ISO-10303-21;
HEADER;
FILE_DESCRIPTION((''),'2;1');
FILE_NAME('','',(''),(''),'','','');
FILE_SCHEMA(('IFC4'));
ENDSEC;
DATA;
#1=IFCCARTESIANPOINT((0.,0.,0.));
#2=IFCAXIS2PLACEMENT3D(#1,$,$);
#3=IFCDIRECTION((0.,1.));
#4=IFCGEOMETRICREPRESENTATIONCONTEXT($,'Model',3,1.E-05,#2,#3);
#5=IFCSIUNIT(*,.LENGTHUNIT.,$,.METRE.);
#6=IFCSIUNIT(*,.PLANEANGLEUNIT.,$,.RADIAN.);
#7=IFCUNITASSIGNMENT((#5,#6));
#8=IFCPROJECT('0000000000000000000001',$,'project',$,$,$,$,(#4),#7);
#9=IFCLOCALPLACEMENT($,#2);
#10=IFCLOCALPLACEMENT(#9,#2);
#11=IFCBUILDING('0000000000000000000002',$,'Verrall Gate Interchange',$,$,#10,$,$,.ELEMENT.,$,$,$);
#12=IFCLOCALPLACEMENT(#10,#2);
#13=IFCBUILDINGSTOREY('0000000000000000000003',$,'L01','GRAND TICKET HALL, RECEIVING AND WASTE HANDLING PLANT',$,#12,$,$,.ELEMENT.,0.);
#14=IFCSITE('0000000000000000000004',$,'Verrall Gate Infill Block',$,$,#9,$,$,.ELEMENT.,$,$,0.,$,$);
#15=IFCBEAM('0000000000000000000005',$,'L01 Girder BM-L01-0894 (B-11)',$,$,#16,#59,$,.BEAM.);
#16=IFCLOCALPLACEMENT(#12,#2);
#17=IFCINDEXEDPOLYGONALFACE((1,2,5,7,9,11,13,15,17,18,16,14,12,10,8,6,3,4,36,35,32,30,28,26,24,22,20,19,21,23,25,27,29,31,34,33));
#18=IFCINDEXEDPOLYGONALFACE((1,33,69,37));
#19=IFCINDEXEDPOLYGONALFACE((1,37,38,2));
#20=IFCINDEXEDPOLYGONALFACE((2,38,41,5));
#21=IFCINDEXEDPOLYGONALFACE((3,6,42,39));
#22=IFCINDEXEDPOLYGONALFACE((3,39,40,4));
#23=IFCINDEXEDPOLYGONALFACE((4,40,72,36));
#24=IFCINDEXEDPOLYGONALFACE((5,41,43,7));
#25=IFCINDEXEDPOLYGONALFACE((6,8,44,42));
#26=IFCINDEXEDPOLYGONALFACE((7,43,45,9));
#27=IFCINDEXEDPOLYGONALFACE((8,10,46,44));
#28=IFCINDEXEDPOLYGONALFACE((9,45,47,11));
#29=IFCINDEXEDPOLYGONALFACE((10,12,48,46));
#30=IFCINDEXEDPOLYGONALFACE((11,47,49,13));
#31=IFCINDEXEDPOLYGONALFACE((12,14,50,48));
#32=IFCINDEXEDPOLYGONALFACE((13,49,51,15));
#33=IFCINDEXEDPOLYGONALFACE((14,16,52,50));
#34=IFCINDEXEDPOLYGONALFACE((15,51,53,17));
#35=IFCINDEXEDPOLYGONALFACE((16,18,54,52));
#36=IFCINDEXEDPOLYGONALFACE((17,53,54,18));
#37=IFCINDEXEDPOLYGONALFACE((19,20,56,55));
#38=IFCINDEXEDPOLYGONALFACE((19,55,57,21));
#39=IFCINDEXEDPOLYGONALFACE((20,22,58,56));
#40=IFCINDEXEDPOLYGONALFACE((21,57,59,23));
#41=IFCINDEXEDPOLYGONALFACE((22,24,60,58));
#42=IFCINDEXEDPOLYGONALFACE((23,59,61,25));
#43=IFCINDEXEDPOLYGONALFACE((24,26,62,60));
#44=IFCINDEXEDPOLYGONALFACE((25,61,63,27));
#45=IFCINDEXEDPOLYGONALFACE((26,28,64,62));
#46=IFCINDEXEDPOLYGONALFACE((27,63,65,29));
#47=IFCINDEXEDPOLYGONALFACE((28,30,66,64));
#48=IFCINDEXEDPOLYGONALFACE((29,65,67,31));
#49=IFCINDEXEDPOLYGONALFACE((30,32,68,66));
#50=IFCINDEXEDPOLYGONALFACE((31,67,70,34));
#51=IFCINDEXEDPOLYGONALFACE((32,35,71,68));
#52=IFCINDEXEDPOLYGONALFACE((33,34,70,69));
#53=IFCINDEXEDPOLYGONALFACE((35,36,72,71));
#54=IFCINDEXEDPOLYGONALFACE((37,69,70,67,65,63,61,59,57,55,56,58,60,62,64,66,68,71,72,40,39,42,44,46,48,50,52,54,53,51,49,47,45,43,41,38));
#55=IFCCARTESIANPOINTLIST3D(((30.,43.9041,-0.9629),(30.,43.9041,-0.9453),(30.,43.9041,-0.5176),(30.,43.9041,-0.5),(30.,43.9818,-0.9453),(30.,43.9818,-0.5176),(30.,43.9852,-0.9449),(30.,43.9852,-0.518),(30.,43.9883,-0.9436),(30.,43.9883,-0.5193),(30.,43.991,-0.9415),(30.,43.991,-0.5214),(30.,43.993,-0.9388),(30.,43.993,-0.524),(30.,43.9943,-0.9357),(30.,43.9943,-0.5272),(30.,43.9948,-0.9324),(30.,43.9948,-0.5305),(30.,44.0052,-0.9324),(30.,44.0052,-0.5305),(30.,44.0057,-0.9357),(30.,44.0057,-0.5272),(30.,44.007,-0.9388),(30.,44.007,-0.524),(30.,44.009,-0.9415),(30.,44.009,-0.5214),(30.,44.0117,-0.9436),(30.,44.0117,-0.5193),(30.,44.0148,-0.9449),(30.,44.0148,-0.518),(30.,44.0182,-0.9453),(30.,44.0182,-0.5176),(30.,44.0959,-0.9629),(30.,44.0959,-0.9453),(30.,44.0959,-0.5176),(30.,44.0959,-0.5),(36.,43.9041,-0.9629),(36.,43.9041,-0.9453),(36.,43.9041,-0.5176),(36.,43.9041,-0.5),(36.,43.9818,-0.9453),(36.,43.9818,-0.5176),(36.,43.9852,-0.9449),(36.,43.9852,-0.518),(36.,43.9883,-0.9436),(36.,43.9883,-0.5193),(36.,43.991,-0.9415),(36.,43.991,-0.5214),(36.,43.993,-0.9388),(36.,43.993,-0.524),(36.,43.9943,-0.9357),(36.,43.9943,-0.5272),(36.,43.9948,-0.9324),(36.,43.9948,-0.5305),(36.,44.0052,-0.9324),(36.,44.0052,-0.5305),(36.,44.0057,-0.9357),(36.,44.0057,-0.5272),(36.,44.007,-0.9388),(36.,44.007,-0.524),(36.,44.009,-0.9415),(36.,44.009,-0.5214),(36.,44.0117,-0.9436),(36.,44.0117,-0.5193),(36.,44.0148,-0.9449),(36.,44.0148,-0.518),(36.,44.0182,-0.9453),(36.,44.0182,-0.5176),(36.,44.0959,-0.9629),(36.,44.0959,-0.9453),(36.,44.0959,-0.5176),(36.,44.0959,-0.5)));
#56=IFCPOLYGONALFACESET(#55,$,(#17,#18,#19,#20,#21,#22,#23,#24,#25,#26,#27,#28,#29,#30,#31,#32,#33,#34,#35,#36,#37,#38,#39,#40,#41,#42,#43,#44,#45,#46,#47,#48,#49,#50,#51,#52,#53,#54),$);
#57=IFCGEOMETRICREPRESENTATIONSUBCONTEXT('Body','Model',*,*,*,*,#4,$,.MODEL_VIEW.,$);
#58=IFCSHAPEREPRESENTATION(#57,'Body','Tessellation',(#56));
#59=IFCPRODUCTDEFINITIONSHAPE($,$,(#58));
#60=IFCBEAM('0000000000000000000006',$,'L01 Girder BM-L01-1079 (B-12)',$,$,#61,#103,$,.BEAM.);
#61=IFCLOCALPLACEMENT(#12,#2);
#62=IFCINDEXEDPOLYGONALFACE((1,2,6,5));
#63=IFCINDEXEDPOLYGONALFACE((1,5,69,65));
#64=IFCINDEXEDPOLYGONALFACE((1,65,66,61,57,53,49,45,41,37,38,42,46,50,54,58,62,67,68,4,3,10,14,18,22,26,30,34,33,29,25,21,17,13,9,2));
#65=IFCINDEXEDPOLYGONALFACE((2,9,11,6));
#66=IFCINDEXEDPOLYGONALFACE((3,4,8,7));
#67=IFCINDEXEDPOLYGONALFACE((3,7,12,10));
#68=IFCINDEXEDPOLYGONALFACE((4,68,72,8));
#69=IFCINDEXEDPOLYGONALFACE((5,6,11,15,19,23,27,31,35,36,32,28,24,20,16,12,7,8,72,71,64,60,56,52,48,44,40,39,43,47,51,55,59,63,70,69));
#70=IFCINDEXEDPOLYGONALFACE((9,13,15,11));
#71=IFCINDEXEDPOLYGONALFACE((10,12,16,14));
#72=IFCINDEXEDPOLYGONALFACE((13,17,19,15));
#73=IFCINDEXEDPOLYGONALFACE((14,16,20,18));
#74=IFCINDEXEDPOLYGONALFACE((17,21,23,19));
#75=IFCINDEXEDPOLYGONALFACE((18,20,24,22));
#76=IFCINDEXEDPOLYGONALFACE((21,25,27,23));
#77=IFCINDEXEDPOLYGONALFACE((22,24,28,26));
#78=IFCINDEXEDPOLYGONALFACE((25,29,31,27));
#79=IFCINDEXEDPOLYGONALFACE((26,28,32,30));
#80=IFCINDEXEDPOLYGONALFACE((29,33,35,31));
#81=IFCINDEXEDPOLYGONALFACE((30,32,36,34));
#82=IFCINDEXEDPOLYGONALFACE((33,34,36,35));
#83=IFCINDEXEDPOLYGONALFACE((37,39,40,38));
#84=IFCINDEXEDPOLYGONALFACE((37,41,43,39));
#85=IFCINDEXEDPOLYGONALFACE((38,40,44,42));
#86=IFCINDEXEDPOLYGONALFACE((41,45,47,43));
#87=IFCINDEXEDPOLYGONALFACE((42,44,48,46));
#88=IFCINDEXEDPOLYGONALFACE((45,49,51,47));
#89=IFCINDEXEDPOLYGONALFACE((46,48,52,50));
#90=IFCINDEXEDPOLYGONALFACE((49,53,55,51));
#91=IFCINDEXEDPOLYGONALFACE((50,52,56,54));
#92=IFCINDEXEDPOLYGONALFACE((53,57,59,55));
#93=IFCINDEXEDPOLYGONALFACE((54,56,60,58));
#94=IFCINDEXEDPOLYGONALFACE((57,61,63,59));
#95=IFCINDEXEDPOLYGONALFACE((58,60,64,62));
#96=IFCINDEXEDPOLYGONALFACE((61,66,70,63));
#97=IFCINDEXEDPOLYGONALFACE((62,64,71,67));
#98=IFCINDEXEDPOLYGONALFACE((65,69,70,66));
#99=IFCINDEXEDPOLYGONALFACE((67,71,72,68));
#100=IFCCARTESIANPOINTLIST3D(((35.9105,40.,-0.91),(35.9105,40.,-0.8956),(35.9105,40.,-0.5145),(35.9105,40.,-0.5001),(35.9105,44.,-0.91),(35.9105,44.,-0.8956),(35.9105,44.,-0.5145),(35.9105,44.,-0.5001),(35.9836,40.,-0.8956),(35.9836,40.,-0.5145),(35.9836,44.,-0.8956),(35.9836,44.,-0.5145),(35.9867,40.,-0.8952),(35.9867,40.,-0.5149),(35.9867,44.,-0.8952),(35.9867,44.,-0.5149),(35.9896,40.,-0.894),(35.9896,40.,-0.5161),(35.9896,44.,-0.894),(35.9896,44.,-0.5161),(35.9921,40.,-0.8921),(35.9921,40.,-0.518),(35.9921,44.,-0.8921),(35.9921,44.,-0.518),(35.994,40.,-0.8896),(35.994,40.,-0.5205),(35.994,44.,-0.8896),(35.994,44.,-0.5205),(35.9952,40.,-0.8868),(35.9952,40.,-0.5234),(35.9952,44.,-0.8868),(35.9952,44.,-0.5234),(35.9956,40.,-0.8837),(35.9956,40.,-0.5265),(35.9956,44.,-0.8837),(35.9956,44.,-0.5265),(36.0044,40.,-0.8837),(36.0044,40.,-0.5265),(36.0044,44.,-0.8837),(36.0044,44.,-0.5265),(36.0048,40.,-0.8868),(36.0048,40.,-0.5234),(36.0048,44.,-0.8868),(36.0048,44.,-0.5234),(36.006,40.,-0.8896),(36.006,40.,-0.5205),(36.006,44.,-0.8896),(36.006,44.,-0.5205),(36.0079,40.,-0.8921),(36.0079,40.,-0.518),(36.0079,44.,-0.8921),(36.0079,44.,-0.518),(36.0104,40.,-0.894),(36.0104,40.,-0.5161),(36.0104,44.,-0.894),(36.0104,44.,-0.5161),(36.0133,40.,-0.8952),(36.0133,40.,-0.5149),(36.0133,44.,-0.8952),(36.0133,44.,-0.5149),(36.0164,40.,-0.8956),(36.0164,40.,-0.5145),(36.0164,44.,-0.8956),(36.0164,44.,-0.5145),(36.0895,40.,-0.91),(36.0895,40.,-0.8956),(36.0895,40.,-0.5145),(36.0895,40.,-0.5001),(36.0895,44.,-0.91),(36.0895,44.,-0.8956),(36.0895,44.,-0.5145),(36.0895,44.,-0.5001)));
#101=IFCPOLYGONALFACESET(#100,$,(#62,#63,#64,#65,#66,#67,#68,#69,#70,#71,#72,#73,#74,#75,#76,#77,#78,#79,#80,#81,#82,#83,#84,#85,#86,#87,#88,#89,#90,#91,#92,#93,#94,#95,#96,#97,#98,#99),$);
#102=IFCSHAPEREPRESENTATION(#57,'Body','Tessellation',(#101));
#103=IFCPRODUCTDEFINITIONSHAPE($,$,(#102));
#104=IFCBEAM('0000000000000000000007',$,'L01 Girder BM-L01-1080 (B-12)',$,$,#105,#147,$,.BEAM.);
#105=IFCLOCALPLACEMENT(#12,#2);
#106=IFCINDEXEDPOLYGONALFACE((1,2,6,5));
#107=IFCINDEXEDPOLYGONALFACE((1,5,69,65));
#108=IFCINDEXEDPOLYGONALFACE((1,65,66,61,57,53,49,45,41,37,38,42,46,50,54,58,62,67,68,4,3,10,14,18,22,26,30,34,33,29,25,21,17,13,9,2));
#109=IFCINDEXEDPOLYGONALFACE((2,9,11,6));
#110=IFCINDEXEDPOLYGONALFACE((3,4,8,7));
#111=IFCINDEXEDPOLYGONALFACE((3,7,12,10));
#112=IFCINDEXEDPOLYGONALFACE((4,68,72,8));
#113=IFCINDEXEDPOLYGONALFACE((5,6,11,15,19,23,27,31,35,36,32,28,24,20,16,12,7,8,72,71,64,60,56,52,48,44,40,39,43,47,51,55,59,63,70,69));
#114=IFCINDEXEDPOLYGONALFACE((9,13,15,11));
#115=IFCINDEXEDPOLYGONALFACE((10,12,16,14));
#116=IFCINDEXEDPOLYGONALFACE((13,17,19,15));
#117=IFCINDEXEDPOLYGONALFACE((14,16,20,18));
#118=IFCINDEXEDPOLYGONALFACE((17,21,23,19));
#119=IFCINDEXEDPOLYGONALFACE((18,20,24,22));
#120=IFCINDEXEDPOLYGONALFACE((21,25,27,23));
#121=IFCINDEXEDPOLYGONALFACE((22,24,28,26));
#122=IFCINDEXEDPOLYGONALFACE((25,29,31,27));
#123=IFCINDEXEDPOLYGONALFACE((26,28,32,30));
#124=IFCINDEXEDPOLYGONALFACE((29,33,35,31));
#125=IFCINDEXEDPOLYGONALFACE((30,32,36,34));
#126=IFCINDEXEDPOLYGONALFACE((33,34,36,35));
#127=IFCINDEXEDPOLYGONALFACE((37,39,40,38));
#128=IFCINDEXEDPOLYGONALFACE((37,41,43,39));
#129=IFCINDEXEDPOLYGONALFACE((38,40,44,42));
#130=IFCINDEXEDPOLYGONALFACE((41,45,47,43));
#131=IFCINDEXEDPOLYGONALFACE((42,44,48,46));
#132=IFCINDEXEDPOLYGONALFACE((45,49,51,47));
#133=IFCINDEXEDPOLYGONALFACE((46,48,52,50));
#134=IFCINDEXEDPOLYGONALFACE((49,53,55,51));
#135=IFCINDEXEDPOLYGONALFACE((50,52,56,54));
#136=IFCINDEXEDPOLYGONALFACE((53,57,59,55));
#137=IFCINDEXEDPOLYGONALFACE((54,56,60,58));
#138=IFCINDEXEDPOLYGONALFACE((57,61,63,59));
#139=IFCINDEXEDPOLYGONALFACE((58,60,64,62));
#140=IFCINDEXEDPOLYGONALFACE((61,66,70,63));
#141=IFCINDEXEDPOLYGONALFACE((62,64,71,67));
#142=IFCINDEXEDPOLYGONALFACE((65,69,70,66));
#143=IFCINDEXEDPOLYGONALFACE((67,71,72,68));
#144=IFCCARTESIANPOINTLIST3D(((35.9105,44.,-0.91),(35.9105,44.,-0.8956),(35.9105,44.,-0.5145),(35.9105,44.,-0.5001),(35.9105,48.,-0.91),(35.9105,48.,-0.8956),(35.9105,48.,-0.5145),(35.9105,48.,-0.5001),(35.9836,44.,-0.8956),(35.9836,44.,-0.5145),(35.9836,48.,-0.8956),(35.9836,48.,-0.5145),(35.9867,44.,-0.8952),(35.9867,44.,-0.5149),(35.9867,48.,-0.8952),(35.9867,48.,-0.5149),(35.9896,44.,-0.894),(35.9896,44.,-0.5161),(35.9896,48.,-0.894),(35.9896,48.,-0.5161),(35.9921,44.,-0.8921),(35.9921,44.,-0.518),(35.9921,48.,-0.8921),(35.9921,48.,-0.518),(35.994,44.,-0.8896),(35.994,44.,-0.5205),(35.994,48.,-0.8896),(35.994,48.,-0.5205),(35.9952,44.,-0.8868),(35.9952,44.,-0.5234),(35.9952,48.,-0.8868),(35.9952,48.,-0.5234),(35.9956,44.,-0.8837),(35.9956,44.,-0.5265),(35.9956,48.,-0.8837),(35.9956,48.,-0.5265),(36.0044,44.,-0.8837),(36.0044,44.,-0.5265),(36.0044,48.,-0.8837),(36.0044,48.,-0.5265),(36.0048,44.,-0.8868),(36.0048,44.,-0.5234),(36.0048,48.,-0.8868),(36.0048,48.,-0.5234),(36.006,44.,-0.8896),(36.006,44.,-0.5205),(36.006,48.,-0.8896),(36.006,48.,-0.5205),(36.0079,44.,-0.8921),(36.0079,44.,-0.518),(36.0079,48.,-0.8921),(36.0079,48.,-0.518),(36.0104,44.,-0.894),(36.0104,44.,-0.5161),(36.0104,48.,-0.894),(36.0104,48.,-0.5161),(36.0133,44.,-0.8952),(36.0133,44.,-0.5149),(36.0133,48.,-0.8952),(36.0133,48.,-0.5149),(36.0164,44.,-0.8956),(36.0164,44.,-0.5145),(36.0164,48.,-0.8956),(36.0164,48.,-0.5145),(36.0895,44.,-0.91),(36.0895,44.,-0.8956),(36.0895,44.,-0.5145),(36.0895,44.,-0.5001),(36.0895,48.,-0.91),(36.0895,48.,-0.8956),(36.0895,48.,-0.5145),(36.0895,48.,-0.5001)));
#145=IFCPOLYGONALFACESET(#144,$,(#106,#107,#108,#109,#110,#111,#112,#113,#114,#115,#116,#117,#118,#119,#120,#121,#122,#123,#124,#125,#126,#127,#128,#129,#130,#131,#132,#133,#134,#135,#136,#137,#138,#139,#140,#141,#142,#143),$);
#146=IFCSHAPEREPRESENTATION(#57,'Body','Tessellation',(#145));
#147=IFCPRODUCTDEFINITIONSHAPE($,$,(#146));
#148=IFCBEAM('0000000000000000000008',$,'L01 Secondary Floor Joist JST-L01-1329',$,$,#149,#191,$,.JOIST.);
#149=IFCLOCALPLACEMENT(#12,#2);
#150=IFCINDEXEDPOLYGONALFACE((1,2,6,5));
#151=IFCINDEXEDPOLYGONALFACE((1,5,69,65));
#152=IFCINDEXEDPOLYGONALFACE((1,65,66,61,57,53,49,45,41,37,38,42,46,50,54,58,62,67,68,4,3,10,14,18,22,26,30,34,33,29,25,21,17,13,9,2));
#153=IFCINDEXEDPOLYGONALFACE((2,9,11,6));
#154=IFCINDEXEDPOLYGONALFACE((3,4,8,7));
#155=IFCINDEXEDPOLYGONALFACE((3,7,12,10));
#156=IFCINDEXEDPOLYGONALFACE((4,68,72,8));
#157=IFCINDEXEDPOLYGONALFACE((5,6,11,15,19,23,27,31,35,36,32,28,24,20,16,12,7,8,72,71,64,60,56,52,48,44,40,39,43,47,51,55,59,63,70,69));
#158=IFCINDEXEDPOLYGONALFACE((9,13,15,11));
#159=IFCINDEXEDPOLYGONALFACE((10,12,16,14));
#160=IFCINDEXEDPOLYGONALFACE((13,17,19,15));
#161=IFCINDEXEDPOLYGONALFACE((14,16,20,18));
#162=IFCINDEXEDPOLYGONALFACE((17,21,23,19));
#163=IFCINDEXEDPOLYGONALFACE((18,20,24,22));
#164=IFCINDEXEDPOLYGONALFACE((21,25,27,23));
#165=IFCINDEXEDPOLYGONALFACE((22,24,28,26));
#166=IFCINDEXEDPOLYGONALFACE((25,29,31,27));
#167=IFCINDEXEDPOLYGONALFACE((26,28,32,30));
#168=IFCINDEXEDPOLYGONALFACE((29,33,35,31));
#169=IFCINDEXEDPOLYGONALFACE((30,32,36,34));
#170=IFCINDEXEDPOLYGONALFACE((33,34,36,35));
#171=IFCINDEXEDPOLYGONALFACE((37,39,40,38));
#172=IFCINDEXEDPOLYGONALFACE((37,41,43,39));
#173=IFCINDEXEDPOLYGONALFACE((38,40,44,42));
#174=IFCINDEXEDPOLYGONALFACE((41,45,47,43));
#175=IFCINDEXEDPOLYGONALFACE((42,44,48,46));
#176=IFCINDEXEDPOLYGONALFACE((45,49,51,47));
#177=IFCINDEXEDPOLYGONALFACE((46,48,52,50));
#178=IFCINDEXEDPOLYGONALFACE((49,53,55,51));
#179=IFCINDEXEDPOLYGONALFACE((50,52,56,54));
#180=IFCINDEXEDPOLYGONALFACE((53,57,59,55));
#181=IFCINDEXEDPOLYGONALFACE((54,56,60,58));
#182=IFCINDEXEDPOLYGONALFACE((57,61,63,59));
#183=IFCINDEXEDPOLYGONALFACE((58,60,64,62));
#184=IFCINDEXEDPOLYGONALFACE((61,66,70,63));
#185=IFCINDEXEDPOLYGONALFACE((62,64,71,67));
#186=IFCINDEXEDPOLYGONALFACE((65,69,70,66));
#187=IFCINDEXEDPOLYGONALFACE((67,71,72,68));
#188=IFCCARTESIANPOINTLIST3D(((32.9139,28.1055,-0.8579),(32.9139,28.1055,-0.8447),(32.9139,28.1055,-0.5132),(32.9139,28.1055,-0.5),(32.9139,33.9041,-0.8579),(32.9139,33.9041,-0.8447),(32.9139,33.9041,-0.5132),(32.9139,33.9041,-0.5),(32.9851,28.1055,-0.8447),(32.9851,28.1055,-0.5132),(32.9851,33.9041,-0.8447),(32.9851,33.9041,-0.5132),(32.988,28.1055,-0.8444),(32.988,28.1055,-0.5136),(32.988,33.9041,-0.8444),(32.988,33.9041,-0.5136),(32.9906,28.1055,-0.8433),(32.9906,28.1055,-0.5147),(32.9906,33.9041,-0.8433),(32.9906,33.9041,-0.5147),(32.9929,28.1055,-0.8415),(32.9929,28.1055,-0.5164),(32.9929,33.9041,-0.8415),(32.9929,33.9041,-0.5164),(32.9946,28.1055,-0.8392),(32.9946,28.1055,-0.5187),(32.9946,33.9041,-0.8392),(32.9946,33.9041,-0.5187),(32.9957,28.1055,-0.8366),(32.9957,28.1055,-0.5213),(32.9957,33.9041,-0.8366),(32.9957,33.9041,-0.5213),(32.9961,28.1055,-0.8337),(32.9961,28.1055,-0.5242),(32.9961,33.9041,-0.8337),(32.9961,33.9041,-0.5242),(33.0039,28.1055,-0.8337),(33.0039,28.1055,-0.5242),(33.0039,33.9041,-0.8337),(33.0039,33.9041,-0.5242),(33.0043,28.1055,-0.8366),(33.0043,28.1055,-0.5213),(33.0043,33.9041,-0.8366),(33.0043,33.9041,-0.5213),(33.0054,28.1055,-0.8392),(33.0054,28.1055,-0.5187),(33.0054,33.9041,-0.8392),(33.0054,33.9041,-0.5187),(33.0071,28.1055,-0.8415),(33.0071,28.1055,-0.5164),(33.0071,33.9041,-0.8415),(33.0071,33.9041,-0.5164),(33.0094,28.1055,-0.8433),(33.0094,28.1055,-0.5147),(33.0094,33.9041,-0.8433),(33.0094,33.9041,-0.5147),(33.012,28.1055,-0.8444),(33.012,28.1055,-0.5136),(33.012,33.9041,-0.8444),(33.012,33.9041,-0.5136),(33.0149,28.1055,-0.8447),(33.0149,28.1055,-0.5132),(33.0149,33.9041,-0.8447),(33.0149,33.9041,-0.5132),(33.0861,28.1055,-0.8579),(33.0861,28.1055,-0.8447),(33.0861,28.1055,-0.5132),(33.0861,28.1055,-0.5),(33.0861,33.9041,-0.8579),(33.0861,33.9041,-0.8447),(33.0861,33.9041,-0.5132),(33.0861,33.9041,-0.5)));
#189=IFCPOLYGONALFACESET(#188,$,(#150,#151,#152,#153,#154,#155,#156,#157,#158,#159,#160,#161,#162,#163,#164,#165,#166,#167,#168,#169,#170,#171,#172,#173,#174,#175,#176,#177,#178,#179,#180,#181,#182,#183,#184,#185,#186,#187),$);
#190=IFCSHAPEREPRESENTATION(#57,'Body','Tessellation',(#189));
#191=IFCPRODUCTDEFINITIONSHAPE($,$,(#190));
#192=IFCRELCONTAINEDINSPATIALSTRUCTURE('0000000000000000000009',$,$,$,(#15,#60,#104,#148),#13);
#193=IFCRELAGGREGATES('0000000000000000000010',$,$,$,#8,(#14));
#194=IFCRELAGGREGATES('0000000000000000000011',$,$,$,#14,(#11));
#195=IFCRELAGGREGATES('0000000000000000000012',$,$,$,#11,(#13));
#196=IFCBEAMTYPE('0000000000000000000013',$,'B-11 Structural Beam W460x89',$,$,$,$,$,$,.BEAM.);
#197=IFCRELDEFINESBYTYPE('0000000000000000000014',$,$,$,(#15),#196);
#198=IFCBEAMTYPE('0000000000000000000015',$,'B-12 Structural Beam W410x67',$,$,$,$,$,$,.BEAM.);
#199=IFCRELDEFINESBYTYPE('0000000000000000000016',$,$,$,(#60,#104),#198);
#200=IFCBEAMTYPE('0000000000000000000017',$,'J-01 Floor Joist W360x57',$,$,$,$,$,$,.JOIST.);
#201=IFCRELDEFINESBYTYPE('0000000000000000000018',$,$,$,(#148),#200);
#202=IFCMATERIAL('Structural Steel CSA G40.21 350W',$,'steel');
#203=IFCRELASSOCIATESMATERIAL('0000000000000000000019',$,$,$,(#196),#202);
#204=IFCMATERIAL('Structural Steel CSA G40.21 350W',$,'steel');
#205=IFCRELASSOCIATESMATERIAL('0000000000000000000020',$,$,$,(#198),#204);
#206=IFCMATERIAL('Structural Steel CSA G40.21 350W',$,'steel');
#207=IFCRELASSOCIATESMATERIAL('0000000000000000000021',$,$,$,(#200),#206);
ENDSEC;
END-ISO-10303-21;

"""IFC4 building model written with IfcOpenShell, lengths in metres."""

from ifc_helpers import new_model, si_unit, direction, frame, origin, origin_2d, place, context, subcontext, project, spatial, i_section, extrude, material, material_profile, profile_set, type_object, element, save


model = new_model("IFC4")

# Units and contexts
model_context = context("Model", 3, precision=1e-05, world=origin(), true_north=direction((0.0, 1.0)))
body_context = subcontext(model_context, "Body", "Model", "MODEL_VIEW")
ifc_project = project(units=[si_unit("LENGTHUNIT", "METRE"), si_unit("PLANEANGLEUNIT", "RADIAN")], contexts=[model_context])

# Site, building, storey
site_placement = place(None, origin())
site = spatial("IfcSite", under=ifc_project, at=site_placement, Name="Verrall Gate Infill Block", CompositionType="ELEMENT", RefElevation=0.0)
building_placement = place(site_placement, origin())
building = spatial("IfcBuilding", under=site, at=building_placement, Name="Verrall Gate Interchange", CompositionType="ELEMENT")
storey_placement = place(building_placement, origin())
storey = spatial("IfcBuildingStorey", under=building, at=storey_placement, Name="L01", Description="GRAND TICKET HALL, RECEIVING AND WASTE HANDLING PLANT", CompositionType="ELEMENT", Elevation=0.0)

# Beams
ifc_material_1 = material(Name="Structural Steel CSA G40.21 350W", Category="steel")
ifc_material_profile_1 = material_profile(ifc_material_1, i_section(OverallWidth=0.1919, OverallDepth=0.4629, WebThickness=0.0105, FlangeThickness=0.0176, FilletRadius=0.0129, at=origin_2d()), Name="W460x89")
ifc_profile_set_1 = profile_set([ifc_material_profile_1], Name="Structural Steel CSA G40.21 350W")
beam_type_1 = type_object("IfcBeamType", Name="B-11 Structural Beam W460x89", PredefinedType="BEAM", material=ifc_profile_set_1)
beam_1_placement = place(storey_placement, frame((30.0, 44.0, -0.7314), z_axis=(1.0, 0.0, 0.0), x_axis=(0.0, 1.0, 0.0)))
element("IfcBeam", 1, at=beam_1_placement, inside=storey, type_object=beam_type_1, Name="L01 Girder BM-L01-0894 (B-11)", PredefinedType="BEAM", context=body_context, shape_type="SweptSolid", body=[
    extrude(i_section(OverallWidth=0.1919, OverallDepth=0.4629, WebThickness=0.0105, FlangeThickness=0.0176, FilletRadius=0.0129, at=origin_2d()), origin(), (0.0, 0.0, 1.0), 6.0),
])
ifc_material_2 = material(Name="Structural Steel CSA G40.21 350W", Category="steel")
ifc_material_profile_2 = material_profile(ifc_material_2, i_section(OverallWidth=0.179, OverallDepth=0.4099, WebThickness=0.0088, FlangeThickness=0.0144, FilletRadius=0.012, at=origin_2d()), Name="W410x67")
ifc_profile_set_2 = profile_set([ifc_material_profile_2], Name="Structural Steel CSA G40.21 350W")
beam_type_2 = type_object("IfcBeamType", Name="B-12 Structural Beam W410x67", PredefinedType="BEAM", material=ifc_profile_set_2)
for number, where, z_axis, x_axis, name in (
    (2, (36.0, 40.0, -0.7051), (0.0, 1.0, 0.0), (-1.0, 0.0, 0.0), "L01 Girder BM-L01-1079 (B-12)"),
    (3, (36.0, 44.0, -0.7051), (0.0, 1.0, 0.0), (-1.0, 0.0, 0.0), "L01 Girder BM-L01-1080 (B-12)"),
):
    element("IfcBeam", number, at=place(storey_placement, frame(where, z_axis=z_axis, x_axis=x_axis)), inside=storey, type_object=beam_type_2, Name=name, PredefinedType="BEAM", context=body_context, shape_type="SweptSolid", body=[
        extrude(i_section(OverallWidth=0.179, OverallDepth=0.4099, WebThickness=0.0088, FlangeThickness=0.0144, FilletRadius=0.012, at=origin_2d()), origin(), (0.0, 0.0, 1.0), 4.0),
    ])
ifc_material_3 = material(Name="Structural Steel CSA G40.21 350W", Category="steel")
ifc_material_profile_3 = material_profile(ifc_material_3, i_section(OverallWidth=0.1721, OverallDepth=0.3579, WebThickness=0.0078, FlangeThickness=0.0132, FilletRadius=0.011, at=origin_2d()), Name="W360x57")
ifc_profile_set_3 = profile_set([ifc_material_profile_3], Name="Structural Steel CSA G40.21 350W")
beam_type_3 = type_object("IfcBeamType", Name="J-01 Floor Joist W360x57", PredefinedType="JOIST", material=ifc_profile_set_3)
beam_2_placement = place(storey_placement, frame((33.0, 28.1055, -0.679), z_axis=(0.0, 1.0, 0.0), x_axis=(-1.0, 0.0, 0.0)))
element("IfcBeam", 4, at=beam_2_placement, inside=storey, type_object=beam_type_3, Name="L01 Secondary Floor Joist JST-L01-1329", PredefinedType="JOIST", context=body_context, shape_type="SweptSolid", body=[
    extrude(i_section(OverallWidth=0.1721, OverallDepth=0.3579, WebThickness=0.0078, FlangeThickness=0.0132, FilletRadius=0.011, at=origin_2d()), origin(), (0.0, 0.0, 1.0), 5.7986),
])

save(model, "model.ifc")
